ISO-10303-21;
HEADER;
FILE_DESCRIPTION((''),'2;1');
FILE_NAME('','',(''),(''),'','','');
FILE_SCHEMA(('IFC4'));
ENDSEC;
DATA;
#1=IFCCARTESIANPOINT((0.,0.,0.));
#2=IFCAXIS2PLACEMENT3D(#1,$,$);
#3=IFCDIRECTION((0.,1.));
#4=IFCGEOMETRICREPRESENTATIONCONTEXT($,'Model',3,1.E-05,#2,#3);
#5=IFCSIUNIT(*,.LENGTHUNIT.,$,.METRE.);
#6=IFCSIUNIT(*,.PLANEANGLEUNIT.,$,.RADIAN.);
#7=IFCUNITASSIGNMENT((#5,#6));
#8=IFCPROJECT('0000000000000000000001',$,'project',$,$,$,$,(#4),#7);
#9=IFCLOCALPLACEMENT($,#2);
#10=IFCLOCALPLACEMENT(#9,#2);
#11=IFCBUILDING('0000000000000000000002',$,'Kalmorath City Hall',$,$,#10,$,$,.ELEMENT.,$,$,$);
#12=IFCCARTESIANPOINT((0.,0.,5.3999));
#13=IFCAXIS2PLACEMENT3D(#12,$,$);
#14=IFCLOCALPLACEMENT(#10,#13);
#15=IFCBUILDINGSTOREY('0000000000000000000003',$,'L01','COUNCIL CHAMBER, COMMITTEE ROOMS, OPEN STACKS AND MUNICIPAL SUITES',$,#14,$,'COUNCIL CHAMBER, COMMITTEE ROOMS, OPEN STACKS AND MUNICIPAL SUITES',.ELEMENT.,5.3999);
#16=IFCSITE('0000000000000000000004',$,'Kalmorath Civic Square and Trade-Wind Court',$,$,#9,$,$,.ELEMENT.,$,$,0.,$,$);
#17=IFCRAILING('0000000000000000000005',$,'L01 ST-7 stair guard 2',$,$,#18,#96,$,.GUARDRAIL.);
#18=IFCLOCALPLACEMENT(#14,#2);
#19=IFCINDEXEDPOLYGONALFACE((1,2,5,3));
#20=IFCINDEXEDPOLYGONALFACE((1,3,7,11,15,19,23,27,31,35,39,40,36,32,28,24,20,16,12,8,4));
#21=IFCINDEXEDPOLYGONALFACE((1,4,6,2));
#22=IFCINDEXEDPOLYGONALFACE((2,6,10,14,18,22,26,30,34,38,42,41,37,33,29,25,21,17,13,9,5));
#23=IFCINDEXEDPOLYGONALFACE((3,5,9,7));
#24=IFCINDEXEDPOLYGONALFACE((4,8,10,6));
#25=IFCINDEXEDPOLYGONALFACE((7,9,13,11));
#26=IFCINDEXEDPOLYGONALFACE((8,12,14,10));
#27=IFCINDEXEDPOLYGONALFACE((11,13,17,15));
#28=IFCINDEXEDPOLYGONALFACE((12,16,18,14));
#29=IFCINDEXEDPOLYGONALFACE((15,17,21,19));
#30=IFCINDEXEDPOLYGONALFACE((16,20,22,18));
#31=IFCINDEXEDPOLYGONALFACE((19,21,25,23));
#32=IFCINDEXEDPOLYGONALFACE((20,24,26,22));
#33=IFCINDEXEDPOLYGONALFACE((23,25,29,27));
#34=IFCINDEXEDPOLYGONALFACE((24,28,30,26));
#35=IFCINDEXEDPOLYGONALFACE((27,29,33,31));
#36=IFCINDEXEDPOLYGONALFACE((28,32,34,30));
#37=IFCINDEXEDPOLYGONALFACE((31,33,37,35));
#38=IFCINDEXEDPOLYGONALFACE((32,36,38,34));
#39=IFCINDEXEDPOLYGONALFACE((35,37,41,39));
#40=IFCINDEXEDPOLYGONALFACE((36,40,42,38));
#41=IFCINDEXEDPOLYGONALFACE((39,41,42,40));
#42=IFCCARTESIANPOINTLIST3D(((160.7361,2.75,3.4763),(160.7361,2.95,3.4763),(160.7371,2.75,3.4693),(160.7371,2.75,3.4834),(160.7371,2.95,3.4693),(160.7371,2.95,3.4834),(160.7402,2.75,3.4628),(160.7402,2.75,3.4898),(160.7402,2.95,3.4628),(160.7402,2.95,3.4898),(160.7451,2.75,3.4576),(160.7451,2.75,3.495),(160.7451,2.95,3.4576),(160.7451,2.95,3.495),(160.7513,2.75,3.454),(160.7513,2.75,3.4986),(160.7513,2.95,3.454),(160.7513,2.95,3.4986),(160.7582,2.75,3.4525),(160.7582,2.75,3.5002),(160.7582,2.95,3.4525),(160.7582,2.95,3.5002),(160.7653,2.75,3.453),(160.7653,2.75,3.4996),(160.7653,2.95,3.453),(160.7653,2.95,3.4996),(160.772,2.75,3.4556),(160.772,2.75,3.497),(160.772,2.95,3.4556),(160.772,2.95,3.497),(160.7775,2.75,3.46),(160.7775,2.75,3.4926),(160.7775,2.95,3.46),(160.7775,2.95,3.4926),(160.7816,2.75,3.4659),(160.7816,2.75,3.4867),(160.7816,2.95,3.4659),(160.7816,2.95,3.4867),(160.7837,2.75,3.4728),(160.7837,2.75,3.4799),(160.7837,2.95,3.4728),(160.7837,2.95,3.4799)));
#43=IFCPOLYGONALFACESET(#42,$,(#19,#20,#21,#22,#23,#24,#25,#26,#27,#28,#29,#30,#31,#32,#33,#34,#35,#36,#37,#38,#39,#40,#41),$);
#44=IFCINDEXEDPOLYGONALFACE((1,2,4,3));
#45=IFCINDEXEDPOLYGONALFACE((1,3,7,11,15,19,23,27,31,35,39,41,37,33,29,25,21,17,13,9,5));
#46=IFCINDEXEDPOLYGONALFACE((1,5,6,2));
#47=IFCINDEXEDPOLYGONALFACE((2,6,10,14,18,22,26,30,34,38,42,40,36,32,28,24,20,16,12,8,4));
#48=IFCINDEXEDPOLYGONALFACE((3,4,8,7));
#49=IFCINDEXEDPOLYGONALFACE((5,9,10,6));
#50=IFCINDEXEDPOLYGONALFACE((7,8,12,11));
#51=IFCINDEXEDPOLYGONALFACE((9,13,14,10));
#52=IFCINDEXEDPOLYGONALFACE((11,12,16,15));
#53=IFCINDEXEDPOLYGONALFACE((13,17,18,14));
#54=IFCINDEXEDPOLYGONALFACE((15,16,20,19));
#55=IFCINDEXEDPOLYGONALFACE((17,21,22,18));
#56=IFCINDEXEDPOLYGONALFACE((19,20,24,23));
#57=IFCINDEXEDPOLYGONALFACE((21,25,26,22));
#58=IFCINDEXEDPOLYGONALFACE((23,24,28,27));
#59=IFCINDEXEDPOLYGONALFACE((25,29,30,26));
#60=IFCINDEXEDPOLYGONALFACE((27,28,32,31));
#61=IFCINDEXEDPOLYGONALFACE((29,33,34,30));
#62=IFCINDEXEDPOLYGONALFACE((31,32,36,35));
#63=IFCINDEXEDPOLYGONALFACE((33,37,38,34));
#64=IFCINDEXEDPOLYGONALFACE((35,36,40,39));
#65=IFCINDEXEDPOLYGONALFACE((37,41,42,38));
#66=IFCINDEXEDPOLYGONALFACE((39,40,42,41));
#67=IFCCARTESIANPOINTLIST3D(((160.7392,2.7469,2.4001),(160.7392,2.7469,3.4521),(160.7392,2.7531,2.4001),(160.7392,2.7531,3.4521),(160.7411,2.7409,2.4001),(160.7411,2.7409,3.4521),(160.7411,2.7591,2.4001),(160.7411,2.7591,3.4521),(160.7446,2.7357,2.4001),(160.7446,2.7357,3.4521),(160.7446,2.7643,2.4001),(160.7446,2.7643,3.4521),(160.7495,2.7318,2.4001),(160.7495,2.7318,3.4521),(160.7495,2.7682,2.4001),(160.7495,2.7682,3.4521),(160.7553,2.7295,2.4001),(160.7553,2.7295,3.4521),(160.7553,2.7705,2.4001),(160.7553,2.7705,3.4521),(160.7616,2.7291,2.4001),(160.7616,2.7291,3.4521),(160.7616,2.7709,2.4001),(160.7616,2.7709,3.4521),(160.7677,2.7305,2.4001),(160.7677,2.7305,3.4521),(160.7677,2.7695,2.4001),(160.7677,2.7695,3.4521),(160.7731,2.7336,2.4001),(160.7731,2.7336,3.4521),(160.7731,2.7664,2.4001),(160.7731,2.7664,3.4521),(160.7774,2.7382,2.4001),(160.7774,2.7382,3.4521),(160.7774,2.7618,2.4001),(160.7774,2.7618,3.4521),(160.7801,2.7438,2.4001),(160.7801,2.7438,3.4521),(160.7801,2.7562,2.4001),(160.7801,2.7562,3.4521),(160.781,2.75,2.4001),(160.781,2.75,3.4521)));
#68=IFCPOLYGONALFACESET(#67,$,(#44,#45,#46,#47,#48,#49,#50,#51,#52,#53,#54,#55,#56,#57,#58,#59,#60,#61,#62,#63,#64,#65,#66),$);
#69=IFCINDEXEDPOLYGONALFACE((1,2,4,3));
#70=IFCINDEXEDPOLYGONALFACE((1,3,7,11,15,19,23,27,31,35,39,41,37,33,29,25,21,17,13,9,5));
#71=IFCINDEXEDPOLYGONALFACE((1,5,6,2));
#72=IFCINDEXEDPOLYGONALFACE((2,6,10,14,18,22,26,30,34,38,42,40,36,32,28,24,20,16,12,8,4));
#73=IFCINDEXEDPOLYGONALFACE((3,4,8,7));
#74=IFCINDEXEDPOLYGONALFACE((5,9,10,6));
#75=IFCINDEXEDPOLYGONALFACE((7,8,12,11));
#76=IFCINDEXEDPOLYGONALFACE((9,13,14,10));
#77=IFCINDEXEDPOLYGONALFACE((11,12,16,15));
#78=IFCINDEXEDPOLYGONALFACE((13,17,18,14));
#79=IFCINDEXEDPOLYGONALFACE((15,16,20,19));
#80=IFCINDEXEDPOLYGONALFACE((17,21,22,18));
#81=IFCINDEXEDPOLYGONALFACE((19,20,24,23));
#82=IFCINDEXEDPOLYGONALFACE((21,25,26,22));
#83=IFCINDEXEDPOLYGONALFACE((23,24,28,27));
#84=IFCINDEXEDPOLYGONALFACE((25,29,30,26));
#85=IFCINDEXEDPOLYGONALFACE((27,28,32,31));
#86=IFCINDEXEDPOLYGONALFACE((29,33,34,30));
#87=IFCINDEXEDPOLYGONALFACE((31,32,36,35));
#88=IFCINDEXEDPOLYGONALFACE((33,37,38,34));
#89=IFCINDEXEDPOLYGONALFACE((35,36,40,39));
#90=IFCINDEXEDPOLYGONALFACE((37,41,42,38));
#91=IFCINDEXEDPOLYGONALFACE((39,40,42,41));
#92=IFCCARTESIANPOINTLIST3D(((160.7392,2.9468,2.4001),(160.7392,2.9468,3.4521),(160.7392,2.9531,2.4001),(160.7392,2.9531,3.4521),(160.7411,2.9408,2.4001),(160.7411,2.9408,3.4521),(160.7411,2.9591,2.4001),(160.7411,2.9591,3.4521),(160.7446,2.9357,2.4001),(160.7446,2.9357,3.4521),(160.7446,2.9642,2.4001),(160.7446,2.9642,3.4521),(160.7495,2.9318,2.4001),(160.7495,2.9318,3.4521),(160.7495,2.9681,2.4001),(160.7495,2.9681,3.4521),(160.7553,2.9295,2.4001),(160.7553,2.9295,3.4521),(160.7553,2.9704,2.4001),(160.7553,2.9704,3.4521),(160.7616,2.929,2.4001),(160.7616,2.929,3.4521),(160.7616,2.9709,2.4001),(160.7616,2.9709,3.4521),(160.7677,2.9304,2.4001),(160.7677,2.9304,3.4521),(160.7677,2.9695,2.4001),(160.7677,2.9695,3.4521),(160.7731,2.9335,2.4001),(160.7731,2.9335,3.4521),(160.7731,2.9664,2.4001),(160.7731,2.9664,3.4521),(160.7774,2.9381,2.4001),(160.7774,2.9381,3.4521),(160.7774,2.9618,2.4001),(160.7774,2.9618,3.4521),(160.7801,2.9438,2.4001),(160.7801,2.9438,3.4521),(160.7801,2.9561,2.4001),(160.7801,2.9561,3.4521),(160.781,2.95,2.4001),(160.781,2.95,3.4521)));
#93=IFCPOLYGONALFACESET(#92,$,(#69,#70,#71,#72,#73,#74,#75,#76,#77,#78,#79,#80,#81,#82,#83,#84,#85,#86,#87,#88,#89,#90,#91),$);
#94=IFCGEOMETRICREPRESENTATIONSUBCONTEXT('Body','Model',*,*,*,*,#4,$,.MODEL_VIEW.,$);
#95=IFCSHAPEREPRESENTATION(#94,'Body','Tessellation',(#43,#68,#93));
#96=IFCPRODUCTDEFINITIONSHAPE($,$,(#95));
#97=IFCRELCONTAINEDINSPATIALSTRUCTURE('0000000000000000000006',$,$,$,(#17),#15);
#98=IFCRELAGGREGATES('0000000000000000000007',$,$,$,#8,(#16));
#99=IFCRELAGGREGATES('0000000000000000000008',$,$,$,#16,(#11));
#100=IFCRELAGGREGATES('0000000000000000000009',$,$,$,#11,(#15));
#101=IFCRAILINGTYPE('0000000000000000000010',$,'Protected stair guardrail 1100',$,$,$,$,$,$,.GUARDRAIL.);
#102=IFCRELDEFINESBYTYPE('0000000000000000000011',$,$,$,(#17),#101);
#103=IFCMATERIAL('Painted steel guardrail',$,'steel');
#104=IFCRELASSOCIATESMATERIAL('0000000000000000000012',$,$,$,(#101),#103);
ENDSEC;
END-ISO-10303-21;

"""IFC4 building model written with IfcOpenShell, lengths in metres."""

from ifc_helpers import new_model, si_unit, direction, frame, origin, origin_2d, place, context, subcontext, project, spatial, circle, extrude, material, type_object, element, save


model = new_model("IFC4")

# Units and contexts
model_context = context("Model", 3, precision=1e-05, world=origin(), true_north=direction((0.0, 1.0)))
body_context = subcontext(model_context, "Body", "Model", "MODEL_VIEW")
ifc_project = project(units=[si_unit("LENGTHUNIT", "METRE"), si_unit("PLANEANGLEUNIT", "RADIAN")], contexts=[model_context])

# Site, building, storey
site_placement = place(None, origin())
site = spatial("IfcSite", under=ifc_project, at=site_placement, Name="Kalmorath Civic Square and Trade-Wind Court", CompositionType="ELEMENT", RefElevation=0.0)
building_placement = place(site_placement, origin())
building = spatial("IfcBuilding", under=site, at=building_placement, Name="Kalmorath City Hall", CompositionType="ELEMENT")
storey_placement = place(building_placement, frame((0.0, 0.0, 5.3999)))
storey = spatial("IfcBuildingStorey", under=building, at=storey_placement, Name="L01", Description="COUNCIL CHAMBER, COMMITTEE ROOMS, OPEN STACKS AND MUNICIPAL SUITES", LongName="COUNCIL CHAMBER, COMMITTEE ROOMS, OPEN STACKS AND MUNICIPAL SUITES", CompositionType="ELEMENT", Elevation=5.3999)

# Railing
ifc_material_1 = material(Name="Painted steel guardrail", Category="steel")
railing_type_1 = type_object("IfcRailingType", Name="Protected stair guardrail 1100", PredefinedType="GUARDRAIL", material=ifc_material_1)
railing_1_placement = place(storey_placement, frame((160.76, 2.75, 2.4001)))
element("IfcRailing", 1, at=railing_1_placement, inside=storey, type_object=railing_type_1, Name="L01 ST-7 stair guard 2", PredefinedType="GUARDRAIL", context=body_context, shape_type="SweptSolid", body=[
    extrude(circle(Radius=0.0239, at=origin_2d()), frame((0.0, 0.0, 1.0762), z_axis=(0.0, 1.0, 0.0), x_axis=(-1.0, 0.0, 0.0)), (0.0, 0.0, 1.0), 0.2),
    extrude(circle(Radius=0.021, at=origin_2d()), origin(), (0.0, 0.0, 1.0), 1.052),
    extrude(circle(Radius=0.021, at=origin_2d()), frame((0.0, 0.2, 0.0)), (0.0, 0.0, 1.0), 1.052),
])

save(model, "model.ifc")
